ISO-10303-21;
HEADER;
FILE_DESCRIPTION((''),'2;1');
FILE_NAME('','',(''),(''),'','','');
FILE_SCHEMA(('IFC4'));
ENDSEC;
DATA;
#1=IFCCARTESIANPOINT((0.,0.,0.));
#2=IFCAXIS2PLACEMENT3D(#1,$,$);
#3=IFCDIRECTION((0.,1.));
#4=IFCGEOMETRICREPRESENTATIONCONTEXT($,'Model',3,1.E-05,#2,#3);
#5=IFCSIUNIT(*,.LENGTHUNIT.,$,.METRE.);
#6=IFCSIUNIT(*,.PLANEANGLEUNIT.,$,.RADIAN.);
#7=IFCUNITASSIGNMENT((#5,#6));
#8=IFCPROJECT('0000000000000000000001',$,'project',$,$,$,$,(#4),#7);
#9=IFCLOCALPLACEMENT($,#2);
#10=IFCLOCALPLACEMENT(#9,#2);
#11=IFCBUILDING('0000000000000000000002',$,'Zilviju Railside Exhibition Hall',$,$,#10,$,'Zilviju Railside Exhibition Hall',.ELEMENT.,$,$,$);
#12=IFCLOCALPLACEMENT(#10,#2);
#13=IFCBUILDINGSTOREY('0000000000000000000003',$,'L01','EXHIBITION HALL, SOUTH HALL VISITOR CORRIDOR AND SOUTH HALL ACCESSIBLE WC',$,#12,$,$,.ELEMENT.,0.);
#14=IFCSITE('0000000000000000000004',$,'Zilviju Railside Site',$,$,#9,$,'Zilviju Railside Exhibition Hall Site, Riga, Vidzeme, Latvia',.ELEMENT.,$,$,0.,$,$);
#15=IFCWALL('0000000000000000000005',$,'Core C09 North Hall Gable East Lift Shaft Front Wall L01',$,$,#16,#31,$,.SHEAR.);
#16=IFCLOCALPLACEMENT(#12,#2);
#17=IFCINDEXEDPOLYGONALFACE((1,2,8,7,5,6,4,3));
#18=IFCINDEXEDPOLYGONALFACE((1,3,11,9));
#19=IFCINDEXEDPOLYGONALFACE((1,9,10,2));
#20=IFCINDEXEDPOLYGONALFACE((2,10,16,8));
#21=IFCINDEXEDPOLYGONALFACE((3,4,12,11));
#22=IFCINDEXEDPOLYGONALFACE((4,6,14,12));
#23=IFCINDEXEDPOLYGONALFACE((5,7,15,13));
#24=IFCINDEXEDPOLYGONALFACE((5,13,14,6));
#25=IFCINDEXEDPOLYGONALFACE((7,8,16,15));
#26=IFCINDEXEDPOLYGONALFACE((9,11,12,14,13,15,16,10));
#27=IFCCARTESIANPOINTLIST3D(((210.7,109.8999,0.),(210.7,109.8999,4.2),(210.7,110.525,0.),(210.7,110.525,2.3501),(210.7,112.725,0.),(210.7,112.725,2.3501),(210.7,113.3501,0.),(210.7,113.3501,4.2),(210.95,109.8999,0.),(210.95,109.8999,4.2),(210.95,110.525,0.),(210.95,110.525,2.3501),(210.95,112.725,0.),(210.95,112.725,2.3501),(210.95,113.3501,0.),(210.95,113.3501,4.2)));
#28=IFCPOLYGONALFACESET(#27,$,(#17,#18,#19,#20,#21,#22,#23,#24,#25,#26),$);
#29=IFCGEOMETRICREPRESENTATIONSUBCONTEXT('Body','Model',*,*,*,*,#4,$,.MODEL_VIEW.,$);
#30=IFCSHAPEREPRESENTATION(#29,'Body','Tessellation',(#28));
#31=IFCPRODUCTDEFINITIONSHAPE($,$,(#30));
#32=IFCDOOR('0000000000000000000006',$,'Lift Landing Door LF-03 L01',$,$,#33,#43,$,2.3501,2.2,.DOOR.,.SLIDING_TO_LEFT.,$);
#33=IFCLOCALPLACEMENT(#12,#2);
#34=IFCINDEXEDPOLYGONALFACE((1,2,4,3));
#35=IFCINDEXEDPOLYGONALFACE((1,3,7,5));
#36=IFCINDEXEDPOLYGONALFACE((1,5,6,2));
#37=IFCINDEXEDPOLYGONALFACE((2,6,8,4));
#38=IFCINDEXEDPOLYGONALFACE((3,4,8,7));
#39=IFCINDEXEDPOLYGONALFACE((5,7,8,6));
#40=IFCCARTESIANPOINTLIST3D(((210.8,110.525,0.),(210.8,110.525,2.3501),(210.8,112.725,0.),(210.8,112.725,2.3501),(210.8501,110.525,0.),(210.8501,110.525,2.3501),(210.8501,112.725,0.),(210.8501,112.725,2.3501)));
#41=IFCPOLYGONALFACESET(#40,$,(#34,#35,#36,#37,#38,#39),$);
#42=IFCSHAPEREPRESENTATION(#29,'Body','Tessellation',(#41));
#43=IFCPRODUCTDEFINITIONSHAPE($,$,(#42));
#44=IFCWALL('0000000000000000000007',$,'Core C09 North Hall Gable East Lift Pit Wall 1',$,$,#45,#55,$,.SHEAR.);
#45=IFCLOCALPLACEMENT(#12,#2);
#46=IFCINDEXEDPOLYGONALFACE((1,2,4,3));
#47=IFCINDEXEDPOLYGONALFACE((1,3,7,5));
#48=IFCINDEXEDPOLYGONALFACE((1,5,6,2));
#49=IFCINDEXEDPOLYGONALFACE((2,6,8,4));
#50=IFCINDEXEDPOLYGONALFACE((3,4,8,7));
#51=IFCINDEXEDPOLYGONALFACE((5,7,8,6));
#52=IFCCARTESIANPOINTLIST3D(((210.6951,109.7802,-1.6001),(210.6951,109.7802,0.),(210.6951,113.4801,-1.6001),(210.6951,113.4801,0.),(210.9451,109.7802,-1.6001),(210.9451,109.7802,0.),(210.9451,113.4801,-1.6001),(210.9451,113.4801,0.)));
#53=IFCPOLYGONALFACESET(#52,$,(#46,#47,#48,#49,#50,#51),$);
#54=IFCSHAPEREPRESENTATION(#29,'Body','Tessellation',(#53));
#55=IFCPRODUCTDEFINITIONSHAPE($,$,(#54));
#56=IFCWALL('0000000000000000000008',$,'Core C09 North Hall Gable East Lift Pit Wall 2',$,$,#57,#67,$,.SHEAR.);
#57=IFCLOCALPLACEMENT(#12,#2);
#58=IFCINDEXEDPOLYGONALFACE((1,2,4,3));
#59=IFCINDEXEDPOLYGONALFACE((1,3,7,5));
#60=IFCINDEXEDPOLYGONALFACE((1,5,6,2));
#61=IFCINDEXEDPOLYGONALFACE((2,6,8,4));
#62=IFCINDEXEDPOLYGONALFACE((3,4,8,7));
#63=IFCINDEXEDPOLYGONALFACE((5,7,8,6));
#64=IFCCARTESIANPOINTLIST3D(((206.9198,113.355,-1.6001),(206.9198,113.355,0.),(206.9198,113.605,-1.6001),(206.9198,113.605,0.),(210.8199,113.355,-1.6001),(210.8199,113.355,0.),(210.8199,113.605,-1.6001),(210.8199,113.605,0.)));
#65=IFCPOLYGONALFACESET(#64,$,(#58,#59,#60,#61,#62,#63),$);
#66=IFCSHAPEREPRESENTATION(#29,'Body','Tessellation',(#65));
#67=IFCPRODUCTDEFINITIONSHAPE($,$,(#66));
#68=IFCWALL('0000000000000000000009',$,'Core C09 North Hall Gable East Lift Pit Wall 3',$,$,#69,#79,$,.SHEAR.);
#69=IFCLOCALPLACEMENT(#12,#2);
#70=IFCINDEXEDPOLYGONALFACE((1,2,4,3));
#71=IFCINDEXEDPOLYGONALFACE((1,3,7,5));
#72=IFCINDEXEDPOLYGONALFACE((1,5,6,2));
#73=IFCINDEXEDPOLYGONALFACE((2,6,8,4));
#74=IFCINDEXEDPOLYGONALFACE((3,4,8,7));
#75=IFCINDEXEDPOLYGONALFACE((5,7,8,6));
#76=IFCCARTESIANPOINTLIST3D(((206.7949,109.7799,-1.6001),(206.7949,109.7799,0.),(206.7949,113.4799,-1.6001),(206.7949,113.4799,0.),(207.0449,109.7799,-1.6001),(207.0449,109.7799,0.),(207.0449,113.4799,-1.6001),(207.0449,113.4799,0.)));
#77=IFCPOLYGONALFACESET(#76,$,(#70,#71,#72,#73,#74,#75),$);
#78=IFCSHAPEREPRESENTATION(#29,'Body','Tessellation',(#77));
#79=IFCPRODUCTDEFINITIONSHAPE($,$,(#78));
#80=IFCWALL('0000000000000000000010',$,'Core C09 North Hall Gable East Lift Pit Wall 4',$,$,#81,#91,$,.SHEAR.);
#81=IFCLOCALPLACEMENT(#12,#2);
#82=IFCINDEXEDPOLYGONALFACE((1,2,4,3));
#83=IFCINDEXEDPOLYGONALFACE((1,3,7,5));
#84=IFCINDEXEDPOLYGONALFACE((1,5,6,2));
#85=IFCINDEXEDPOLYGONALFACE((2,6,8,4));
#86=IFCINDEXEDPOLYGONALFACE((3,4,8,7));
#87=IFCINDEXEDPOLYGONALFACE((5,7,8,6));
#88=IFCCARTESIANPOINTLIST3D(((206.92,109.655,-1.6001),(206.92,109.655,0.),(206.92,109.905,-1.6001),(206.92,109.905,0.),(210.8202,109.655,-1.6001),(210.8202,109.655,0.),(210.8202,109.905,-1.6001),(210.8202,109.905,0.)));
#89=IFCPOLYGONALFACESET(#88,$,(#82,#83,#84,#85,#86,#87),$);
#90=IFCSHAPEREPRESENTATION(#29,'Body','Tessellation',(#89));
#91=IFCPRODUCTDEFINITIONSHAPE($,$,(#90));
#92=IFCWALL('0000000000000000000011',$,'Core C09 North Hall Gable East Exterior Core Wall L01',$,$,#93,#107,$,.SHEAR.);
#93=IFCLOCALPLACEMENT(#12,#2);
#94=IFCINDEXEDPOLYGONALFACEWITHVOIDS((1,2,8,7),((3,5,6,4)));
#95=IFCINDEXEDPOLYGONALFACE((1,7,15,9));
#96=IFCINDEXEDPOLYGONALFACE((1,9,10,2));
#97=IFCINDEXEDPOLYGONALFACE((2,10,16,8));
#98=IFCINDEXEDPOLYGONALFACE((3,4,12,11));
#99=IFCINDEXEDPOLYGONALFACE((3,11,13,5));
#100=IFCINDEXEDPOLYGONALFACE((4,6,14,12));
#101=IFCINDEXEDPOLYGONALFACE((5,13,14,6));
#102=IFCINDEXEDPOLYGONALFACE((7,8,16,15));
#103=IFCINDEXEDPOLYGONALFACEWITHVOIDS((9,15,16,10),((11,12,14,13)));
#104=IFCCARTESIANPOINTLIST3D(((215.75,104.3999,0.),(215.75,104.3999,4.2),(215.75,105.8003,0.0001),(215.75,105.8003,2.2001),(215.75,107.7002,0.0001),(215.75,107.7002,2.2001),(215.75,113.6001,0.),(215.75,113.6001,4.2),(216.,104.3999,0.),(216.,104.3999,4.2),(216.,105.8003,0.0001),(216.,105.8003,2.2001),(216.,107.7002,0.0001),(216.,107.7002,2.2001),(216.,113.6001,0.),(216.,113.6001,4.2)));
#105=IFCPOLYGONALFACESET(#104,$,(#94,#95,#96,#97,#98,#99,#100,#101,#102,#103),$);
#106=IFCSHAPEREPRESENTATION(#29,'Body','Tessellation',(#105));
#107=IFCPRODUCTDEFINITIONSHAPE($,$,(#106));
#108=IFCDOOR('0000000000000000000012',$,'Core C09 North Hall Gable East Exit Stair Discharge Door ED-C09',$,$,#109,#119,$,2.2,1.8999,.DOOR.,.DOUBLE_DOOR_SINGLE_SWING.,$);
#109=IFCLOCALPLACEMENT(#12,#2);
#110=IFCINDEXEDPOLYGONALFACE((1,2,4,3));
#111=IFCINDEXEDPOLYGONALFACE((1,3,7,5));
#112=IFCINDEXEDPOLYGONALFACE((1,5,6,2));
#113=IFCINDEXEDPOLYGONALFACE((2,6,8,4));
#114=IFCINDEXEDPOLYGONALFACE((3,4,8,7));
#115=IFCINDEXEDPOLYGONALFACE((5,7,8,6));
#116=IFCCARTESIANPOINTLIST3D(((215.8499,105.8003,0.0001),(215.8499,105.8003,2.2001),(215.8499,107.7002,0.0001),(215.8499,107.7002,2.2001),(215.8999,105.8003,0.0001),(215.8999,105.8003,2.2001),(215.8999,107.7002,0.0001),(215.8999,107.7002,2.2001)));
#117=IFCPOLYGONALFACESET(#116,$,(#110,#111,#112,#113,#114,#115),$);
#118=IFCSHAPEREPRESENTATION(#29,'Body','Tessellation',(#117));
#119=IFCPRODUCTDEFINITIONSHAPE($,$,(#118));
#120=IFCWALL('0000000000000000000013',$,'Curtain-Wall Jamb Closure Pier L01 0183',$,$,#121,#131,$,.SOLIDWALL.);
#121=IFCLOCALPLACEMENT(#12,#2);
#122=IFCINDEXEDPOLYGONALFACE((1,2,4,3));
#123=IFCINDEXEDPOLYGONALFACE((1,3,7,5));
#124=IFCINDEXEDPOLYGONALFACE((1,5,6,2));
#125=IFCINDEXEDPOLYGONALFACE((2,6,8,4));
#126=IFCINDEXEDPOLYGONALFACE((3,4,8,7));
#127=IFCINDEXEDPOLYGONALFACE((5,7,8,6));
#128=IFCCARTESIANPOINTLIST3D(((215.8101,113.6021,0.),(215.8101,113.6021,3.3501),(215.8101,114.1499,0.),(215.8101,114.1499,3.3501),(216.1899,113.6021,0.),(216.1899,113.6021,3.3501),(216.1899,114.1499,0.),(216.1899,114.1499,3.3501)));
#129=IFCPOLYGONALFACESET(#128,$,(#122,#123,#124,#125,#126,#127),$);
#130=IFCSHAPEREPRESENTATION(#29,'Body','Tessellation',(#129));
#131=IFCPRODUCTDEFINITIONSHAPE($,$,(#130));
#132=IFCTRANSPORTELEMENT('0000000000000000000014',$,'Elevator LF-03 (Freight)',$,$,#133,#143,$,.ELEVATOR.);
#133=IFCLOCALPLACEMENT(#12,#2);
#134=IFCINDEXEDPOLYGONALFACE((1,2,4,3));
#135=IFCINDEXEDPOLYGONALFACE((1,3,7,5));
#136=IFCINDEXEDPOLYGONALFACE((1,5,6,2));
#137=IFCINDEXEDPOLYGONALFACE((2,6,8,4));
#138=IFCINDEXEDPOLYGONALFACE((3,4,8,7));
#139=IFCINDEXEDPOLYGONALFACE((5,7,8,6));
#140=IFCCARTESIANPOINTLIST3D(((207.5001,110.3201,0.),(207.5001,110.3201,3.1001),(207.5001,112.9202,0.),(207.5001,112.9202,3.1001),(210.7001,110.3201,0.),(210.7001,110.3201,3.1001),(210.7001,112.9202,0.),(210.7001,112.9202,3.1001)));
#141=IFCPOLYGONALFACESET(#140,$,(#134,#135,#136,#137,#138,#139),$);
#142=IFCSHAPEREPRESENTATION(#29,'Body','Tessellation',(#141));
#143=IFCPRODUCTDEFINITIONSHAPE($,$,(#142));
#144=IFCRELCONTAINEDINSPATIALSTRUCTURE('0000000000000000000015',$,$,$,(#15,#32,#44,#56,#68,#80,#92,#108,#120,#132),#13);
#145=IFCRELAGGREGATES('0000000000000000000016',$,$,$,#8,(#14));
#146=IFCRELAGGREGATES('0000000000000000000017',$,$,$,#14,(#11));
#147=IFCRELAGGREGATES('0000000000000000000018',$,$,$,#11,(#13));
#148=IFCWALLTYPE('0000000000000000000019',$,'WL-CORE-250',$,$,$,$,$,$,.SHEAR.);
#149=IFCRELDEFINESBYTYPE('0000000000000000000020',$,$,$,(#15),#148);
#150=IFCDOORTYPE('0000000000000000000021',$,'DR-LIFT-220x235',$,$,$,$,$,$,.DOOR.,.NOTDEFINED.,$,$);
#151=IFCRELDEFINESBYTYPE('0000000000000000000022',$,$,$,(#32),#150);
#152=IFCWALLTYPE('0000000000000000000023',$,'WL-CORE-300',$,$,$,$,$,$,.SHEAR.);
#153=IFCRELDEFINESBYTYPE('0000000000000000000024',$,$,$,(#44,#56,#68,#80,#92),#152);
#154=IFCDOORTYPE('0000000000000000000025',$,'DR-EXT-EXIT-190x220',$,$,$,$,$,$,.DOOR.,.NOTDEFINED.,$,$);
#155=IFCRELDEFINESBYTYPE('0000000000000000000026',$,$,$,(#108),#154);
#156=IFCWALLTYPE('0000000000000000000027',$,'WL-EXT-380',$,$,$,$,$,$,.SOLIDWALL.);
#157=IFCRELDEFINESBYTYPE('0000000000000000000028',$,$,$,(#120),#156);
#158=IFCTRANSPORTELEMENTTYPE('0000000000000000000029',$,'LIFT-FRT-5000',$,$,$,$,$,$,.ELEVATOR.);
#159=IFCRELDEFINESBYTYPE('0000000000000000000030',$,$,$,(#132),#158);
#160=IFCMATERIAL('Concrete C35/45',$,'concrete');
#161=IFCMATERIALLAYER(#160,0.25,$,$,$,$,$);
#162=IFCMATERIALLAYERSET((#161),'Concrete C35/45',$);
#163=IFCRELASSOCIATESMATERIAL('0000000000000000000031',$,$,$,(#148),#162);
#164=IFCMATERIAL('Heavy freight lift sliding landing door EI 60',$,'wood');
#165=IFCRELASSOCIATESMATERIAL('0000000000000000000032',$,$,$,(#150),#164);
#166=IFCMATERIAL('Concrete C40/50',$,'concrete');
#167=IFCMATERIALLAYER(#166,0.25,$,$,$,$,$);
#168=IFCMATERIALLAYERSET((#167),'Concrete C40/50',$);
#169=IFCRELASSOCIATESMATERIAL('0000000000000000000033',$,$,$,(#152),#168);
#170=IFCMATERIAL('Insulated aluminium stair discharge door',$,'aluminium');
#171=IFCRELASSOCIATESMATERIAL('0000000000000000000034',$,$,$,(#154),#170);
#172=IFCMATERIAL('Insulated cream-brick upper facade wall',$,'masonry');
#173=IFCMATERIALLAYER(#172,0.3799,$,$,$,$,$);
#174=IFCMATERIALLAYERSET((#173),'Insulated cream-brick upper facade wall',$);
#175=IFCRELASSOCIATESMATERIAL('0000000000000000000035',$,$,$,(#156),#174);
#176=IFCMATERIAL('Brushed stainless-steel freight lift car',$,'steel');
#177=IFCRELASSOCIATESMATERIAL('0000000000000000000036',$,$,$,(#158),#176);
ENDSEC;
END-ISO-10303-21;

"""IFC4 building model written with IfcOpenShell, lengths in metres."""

from ifc_helpers import new_model, si_unit, direction, frame, frame_2d, origin, origin_2d, place, context, subcontext, project, spatial, rectangle, extrude, material, layer, layer_set, type_object, element, fill, save


model = new_model("IFC4")

# Units and contexts
model_context = context("Model", 3, precision=1e-05, world=origin(), true_north=direction((0.0, 1.0)))
body_context = subcontext(model_context, "Body", "Model", "MODEL_VIEW")
ifc_project = project(units=[si_unit("LENGTHUNIT", "METRE"), si_unit("PLANEANGLEUNIT", "RADIAN")], contexts=[model_context])

# Site, building, storey
site_placement = place(None, origin())
site = spatial("IfcSite", under=ifc_project, at=site_placement, Name="Zilviju Railside Site", LongName="Zilviju Railside Exhibition Hall Site, Riga, Vidzeme, Latvia", CompositionType="ELEMENT", RefElevation=0.0)
building_placement = place(site_placement, origin())
building = spatial("IfcBuilding", under=site, at=building_placement, Name="Zilviju Railside Exhibition Hall", LongName="Zilviju Railside Exhibition Hall", CompositionType="ELEMENT")
storey_placement = place(building_placement, origin())
storey = spatial("IfcBuildingStorey", under=building, at=storey_placement, Name="L01", Description="EXHIBITION HALL, SOUTH HALL VISITOR CORRIDOR AND SOUTH HALL ACCESSIBLE WC", CompositionType="ELEMENT", Elevation=0.0)

# Shared definitions
ifc_material_1 = material(Name="Concrete C40/50", Category="concrete")

# Wall, opening, door
ifc_material_2 = material(Name="Concrete C35/45", Category="concrete")
ifc_layer_1 = layer(ifc_material_2, 0.25)
ifc_layer_set_1 = layer_set([ifc_layer_1], Name="Concrete C35/45")
wall_type_1 = type_object("IfcWallType", Name="WL-CORE-250", PredefinedType="SHEAR", material=ifc_layer_set_1)
wall_1_placement = place(storey_placement, frame((210.825, 109.8999, 0.0), z_axis=(0.0, 0.0, 1.0), x_axis=(0.0, 1.0, 0.0)))
wall_1 = element("IfcWall", 1, at=wall_1_placement, inside=storey, type_object=wall_type_1, Name="Core C09 North Hall Gable East Lift Shaft Front Wall L01", PredefinedType="SHEAR", context=body_context, shape_type="SweptSolid", body=[
    extrude(rectangle(XDim=3.4502, YDim=0.25, at=frame_2d((1.7251, 0.0))), origin(), (0.0, 0.0, 1.0), 4.2),
])
opening_1_placement = place(wall_1_placement, frame((0.625, 0.0, 0.0)))
opening_1 = element("IfcOpeningElement", 2, at=opening_1_placement, cuts=wall_1, PredefinedType="OPENING", context=body_context, shape_type="SweptSolid", body=[
    extrude(rectangle(XDim=2.2, YDim=2.3501, at=frame_2d((1.1001, 1.175))), frame((0.0, 0.135, 0.0), z_axis=(0.0, -1.0, 0.0), x_axis=(1.0, 0.0, 0.0)), (0.0, 0.0, 1.0), 0.27),
])
ifc_material_3 = material(Name="Heavy freight lift sliding landing door EI 60", Category="wood")
door_type_1 = type_object("IfcDoorType", Name="DR-LIFT-220x235", OperationType="NOTDEFINED", PredefinedType="DOOR", material=ifc_material_3)
door_1_placement = place(opening_1_placement, origin())
door_1 = element("IfcDoor", 3, at=door_1_placement, inside=storey, type_object=door_type_1, Name="Lift Landing Door LF-03 L01", OperationType="SLIDING_TO_LEFT", OverallHeight=2.3501, OverallWidth=2.2, PredefinedType="DOOR", context=body_context, shape_type="SweptSolid", body=[
    extrude(rectangle(XDim=2.2, YDim=2.3501, at=frame_2d((1.1001, 1.175))), frame((0.0, 0.0249, 0.0), z_axis=(0.0, -1.0, 0.0), x_axis=(1.0, 0.0, 0.0)), (0.0, 0.0, 1.0), 0.05),
])
fill(opening_1, door_1)

# Walls
ifc_layer_2 = layer(ifc_material_1, 0.25)
ifc_layer_set_2 = layer_set([ifc_layer_2], Name="Concrete C40/50")
wall_type_2 = type_object("IfcWallType", Name="WL-CORE-300", PredefinedType="SHEAR", material=ifc_layer_set_2)
wall_2_placement = place(storey_placement, frame((210.8201, 109.78, -1.6001), z_axis=(0.0, 0.0, 1.0), x_axis=(0.0, 1.0, 0.0)))
element("IfcWall", 4, at=wall_2_placement, inside=storey, type_object=wall_type_2, Name="Core C09 North Hall Gable East Lift Pit Wall 1", PredefinedType="SHEAR", context=body_context, shape_type="SweptSolid", body=[
    extrude(rectangle(XDim=3.7, YDim=0.25, at=frame_2d((1.8501, 0.0))), origin(), (0.0, 0.0, 1.0), 1.6001),
])
wall_3_placement = place(storey_placement, frame((210.8201, 113.48, -1.6001), z_axis=(0.0, 0.0, 1.0), x_axis=(-1.0, 0.0, 0.0)))
element("IfcWall", 5, at=wall_3_placement, inside=storey, type_object=wall_type_2, Name="Core C09 North Hall Gable East Lift Pit Wall 2", PredefinedType="SHEAR", context=body_context, shape_type="SweptSolid", body=[
    extrude(rectangle(XDim=3.9001, YDim=0.25, at=frame_2d((1.9502, 0.0))), origin(), (0.0, 0.0, 1.0), 1.6001),
])
wall_4_placement = place(storey_placement, frame((206.9199, 113.48, -1.6001), z_axis=(0.0, 0.0, 1.0), x_axis=(0.0, -1.0, 0.0)))
element("IfcWall", 6, at=wall_4_placement, inside=storey, type_object=wall_type_2, Name="Core C09 North Hall Gable East Lift Pit Wall 3", PredefinedType="SHEAR", context=body_context, shape_type="SweptSolid", body=[
    extrude(rectangle(XDim=3.7, YDim=0.25, at=frame_2d((1.8501, 0.0))), origin(), (0.0, 0.0, 1.0), 1.6001),
])
wall_5_placement = place(storey_placement, frame((206.9199, 109.78, -1.6001), z_axis=(0.0, 0.0, 1.0), x_axis=(1.0, 0.0, 0.0)))
element("IfcWall", 7, at=wall_5_placement, inside=storey, type_object=wall_type_2, Name="Core C09 North Hall Gable East Lift Pit Wall 4", PredefinedType="SHEAR", context=body_context, shape_type="SweptSolid", body=[
    extrude(rectangle(XDim=3.9001, YDim=0.25, at=frame_2d((1.9502, 0.0))), origin(), (0.0, 0.0, 1.0), 1.6001),
])

# Wall, opening, door
wall_6_placement = place(storey_placement, frame((215.875, 113.6001, 0.0), z_axis=(0.0, 0.0, 1.0), x_axis=(0.0, -1.0, 0.0)))
wall_6 = element("IfcWall", 8, at=wall_6_placement, inside=storey, type_object=wall_type_2, Name="Core C09 North Hall Gable East Exterior Core Wall L01", PredefinedType="SHEAR", context=body_context, shape_type="SweptSolid", body=[
    extrude(rectangle(XDim=9.2002, YDim=0.25, at=frame_2d((4.6001, 0.0))), origin(), (0.0, 0.0, 1.0), 4.2),
])
opening_2_placement = place(wall_6_placement, frame((5.8999, 0.0, 0.0)))
opening_2 = element("IfcOpeningElement", 9, at=opening_2_placement, cuts=wall_6, PredefinedType="OPENING", context=body_context, shape_type="SweptSolid", body=[
    extrude(rectangle(XDim=1.8999, YDim=2.2, at=frame_2d((0.95, 1.1001))), frame((0.0, 0.135, 0.0), z_axis=(0.0, -1.0, 0.0), x_axis=(1.0, 0.0, 0.0)), (0.0, 0.0, 1.0), 0.27),
])
ifc_material_4 = material(Name="Insulated aluminium stair discharge door", Category="aluminium")
door_type_2 = type_object("IfcDoorType", Name="DR-EXT-EXIT-190x220", OperationType="NOTDEFINED", PredefinedType="DOOR", material=ifc_material_4)
door_2_placement = place(opening_2_placement, origin())
door_2 = element("IfcDoor", 10, at=door_2_placement, inside=storey, type_object=door_type_2, Name="Core C09 North Hall Gable East Exit Stair Discharge Door ED-C09", OperationType="DOUBLE_DOOR_SINGLE_SWING", OverallHeight=2.2, OverallWidth=1.8999, PredefinedType="DOOR", context=body_context, shape_type="SweptSolid", body=[
    extrude(rectangle(XDim=1.8999, YDim=2.2, at=frame_2d((0.95, 1.1001))), frame((0.0, 0.0249, 0.0), z_axis=(0.0, -1.0, 0.0), x_axis=(1.0, 0.0, 0.0)), (0.0, 0.0, 1.0), 0.05),
])
fill(opening_2, door_2)

# Wall
ifc_material_5 = material(Name="Insulated cream-brick upper facade wall", Category="masonry")
ifc_layer_3 = layer(ifc_material_5, 0.3799)
ifc_layer_set_3 = layer_set([ifc_layer_3], Name="Insulated cream-brick upper facade wall")
wall_type_3 = type_object("IfcWallType", Name="WL-EXT-380", PredefinedType="SOLIDWALL", material=ifc_layer_set_3)
wall_7_placement = place(storey_placement, frame((216.0, 114.1499, 0.0), z_axis=(0.0, 0.0, 1.0), x_axis=(0.0, -1.0, 0.0)))
element("IfcWall", 11, at=wall_7_placement, inside=storey, type_object=wall_type_3, Name="Curtain-Wall Jamb Closure Pier L01 0183", PredefinedType="SOLIDWALL", context=body_context, shape_type="SweptSolid", body=[
    extrude(rectangle(XDim=0.5479, YDim=0.3799, at=frame_2d((0.2739, 0.0))), origin(), (0.0, 0.0, 1.0), 3.3501),
])

# Transport element
ifc_material_6 = material(Name="Brushed stainless-steel freight lift car", Category="steel")
transport_element_type = type_object("IfcTransportElementType", Name="LIFT-FRT-5000", PredefinedType="ELEVATOR", material=ifc_material_6)
transport_element_placement = place(storey_placement, frame((209.1001, 111.6201, 0.0), z_axis=(0.0, 0.0, 1.0), x_axis=(0.0, 1.0, 0.0)))
element("IfcTransportElement", 12, at=transport_element_placement, inside=storey, type_object=transport_element_type, Name="Elevator LF-03 (Freight)", PredefinedType="ELEVATOR", context=body_context, shape_type="SweptSolid", body=[
    extrude(rectangle(XDim=2.6001, YDim=3.2, at=origin_2d()), origin(), (0.0, 0.0, 1.0), 3.1001),
])

save(model, "model.ifc")
